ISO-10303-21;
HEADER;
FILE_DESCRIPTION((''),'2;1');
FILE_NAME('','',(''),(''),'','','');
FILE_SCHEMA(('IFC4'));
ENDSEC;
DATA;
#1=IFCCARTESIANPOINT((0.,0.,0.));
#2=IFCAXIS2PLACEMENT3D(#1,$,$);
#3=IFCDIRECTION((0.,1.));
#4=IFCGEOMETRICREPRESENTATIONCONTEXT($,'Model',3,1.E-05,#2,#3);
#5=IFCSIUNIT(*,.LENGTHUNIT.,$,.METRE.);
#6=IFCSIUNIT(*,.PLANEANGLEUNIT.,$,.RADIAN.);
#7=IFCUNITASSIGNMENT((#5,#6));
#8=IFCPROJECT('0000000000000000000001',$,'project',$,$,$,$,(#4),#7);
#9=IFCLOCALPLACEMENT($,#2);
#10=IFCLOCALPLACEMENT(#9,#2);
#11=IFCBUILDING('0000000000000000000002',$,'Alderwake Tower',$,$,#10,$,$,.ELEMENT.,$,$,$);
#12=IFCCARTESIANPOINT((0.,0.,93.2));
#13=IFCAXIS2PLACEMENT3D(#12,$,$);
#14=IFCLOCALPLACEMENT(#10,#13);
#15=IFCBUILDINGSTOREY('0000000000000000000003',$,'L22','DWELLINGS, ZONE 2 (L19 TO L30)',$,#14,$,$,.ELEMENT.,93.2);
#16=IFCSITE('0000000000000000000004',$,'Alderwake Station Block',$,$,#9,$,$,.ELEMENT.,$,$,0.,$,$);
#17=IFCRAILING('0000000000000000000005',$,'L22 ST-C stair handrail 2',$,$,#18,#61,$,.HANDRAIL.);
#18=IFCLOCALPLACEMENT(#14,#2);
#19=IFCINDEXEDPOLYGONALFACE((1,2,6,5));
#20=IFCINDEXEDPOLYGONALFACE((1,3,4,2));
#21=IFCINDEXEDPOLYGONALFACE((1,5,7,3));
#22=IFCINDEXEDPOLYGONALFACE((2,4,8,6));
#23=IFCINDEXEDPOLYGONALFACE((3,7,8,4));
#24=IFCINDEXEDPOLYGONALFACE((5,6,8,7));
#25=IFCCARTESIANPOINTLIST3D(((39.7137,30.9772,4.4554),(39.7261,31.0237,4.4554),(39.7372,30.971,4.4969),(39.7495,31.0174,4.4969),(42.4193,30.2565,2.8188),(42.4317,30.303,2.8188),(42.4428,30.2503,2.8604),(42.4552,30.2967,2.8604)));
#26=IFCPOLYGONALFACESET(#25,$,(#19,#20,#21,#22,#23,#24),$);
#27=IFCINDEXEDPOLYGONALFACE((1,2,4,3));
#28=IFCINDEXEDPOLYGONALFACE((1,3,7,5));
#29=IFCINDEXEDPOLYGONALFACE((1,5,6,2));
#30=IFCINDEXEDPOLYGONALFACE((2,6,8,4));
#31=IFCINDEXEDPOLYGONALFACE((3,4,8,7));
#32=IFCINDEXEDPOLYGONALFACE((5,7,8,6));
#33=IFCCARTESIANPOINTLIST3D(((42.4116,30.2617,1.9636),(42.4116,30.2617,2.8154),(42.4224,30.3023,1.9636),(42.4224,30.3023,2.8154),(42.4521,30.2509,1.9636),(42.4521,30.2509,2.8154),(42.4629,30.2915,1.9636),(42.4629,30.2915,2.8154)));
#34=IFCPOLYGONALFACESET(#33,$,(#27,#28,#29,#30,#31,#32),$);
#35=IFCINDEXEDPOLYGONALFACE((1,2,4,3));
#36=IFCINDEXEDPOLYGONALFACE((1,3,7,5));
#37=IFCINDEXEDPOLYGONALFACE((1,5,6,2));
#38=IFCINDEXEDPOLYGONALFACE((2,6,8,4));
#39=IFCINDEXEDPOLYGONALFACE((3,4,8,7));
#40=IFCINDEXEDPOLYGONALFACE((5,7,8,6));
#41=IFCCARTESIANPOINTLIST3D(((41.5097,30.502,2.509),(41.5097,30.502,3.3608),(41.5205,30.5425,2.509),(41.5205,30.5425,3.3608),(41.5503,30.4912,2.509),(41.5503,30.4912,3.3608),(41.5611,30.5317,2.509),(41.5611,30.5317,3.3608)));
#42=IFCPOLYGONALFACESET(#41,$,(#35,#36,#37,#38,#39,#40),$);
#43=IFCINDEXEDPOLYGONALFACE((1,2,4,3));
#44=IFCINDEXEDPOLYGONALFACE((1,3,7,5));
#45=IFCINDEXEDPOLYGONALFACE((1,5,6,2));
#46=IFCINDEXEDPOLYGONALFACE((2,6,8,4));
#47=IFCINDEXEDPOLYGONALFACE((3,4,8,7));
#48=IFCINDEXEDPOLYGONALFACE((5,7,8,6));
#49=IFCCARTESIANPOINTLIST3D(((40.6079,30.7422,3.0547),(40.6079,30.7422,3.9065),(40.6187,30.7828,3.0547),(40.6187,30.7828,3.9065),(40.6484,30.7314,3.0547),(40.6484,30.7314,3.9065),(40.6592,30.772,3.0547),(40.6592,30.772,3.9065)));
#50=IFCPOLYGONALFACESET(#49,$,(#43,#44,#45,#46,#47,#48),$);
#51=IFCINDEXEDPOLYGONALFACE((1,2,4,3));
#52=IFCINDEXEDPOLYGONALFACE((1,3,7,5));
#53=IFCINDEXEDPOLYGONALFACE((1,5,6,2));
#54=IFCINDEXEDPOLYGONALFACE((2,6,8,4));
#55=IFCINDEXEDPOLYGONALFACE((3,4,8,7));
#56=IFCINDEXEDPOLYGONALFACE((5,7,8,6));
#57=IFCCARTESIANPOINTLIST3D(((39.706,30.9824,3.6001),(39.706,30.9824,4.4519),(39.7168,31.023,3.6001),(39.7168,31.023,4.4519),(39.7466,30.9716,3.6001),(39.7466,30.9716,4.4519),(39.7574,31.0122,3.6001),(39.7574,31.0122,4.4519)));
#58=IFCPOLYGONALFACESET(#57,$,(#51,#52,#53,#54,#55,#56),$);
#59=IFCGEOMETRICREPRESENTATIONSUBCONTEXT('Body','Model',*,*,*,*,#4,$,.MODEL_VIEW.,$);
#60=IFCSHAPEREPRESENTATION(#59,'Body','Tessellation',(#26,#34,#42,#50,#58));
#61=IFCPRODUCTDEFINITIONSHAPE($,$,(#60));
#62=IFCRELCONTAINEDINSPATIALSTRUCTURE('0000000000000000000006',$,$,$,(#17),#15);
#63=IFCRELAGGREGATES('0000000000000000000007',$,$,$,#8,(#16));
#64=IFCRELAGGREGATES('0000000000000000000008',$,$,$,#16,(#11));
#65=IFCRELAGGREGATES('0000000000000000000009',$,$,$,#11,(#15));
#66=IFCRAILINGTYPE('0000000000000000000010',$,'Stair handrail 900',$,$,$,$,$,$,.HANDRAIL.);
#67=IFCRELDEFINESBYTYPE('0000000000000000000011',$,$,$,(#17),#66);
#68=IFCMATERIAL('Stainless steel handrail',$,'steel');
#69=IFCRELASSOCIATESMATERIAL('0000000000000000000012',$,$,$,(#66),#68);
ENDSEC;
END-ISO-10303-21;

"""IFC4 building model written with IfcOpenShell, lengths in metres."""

from ifc_helpers import new_model, si_unit, direction, frame, origin, origin_2d, place, context, subcontext, project, spatial, rectangle, extrude, material, type_object, element, save


model = new_model("IFC4")

# Units and contexts
model_context = context("Model", 3, precision=1e-05, world=origin(), true_north=direction((0.0, 1.0)))
body_context = subcontext(model_context, "Body", "Model", "MODEL_VIEW")
ifc_project = project(units=[si_unit("LENGTHUNIT", "METRE"), si_unit("PLANEANGLEUNIT", "RADIAN")], contexts=[model_context])

# Site, building, storey
site_placement = place(None, origin())
site = spatial("IfcSite", under=ifc_project, at=site_placement, Name="Alderwake Station Block", CompositionType="ELEMENT", RefElevation=0.0)
building_placement = place(site_placement, origin())
building = spatial("IfcBuilding", under=site, at=building_placement, Name="Alderwake Tower", CompositionType="ELEMENT")
storey_placement = place(building_placement, frame((0.0, 0.0, 93.2)))
storey = spatial("IfcBuildingStorey", under=building, at=storey_placement, Name="L22", Description="DWELLINGS, ZONE 2 (L19 TO L30)", CompositionType="ELEMENT", Elevation=93.2)

# Railing
ifc_material_1 = material(Name="Stainless steel handrail", Category="steel")
railing_type_1 = type_object("IfcRailingType", Name="Stair handrail 900", PredefinedType="HANDRAIL", material=ifc_material_1)
railing_1_placement = place(storey_placement, frame((42.4373, 30.2766, 1.9636)))
element("IfcRailing", 1, at=railing_1_placement, inside=storey, type_object=railing_type_1, Name="L22 ST-C stair handrail 2", PredefinedType="HANDRAIL", context=body_context, shape_type="SweptSolid", body=[
    extrude(rectangle(XDim=0.0481, YDim=0.0481, at=origin_2d()), frame((0.0, 0.0, 0.876), z_axis=(-0.834259, 0.222228, 0.504605), x_axis=(-0.257402, -0.966304, 0.0)), (0.0, 0.0, 1.0), 3.2432),
    extrude(rectangle(XDim=0.042, YDim=0.042, at=origin_2d()), frame((0.0, 0.0, 0.0), z_axis=(0.0, 0.0, 1.0), x_axis=(-0.966304, 0.257402, 0.0)), (0.0, 0.0, 1.0), 0.8518),
    extrude(rectangle(XDim=0.042, YDim=0.042, at=origin_2d()), frame((-0.9019, 0.2402, 0.5454), z_axis=(0.0, 0.0, 1.0), x_axis=(-0.966304, 0.257402, 0.0)), (0.0, 0.0, 1.0), 0.8518),
    extrude(rectangle(XDim=0.042, YDim=0.042, at=origin_2d()), frame((-1.8037, 0.4805, 1.0911), z_axis=(0.0, 0.0, 1.0), x_axis=(-0.966304, 0.257402, 0.0)), (0.0, 0.0, 1.0), 0.8518),
    extrude(rectangle(XDim=0.042, YDim=0.042, at=origin_2d()), frame((-2.7056, 0.7207, 1.6365), z_axis=(0.0, 0.0, 1.0), x_axis=(-0.966304, 0.257402, 0.0)), (0.0, 0.0, 1.0), 0.8518),
])

save(model, "model.ifc")
